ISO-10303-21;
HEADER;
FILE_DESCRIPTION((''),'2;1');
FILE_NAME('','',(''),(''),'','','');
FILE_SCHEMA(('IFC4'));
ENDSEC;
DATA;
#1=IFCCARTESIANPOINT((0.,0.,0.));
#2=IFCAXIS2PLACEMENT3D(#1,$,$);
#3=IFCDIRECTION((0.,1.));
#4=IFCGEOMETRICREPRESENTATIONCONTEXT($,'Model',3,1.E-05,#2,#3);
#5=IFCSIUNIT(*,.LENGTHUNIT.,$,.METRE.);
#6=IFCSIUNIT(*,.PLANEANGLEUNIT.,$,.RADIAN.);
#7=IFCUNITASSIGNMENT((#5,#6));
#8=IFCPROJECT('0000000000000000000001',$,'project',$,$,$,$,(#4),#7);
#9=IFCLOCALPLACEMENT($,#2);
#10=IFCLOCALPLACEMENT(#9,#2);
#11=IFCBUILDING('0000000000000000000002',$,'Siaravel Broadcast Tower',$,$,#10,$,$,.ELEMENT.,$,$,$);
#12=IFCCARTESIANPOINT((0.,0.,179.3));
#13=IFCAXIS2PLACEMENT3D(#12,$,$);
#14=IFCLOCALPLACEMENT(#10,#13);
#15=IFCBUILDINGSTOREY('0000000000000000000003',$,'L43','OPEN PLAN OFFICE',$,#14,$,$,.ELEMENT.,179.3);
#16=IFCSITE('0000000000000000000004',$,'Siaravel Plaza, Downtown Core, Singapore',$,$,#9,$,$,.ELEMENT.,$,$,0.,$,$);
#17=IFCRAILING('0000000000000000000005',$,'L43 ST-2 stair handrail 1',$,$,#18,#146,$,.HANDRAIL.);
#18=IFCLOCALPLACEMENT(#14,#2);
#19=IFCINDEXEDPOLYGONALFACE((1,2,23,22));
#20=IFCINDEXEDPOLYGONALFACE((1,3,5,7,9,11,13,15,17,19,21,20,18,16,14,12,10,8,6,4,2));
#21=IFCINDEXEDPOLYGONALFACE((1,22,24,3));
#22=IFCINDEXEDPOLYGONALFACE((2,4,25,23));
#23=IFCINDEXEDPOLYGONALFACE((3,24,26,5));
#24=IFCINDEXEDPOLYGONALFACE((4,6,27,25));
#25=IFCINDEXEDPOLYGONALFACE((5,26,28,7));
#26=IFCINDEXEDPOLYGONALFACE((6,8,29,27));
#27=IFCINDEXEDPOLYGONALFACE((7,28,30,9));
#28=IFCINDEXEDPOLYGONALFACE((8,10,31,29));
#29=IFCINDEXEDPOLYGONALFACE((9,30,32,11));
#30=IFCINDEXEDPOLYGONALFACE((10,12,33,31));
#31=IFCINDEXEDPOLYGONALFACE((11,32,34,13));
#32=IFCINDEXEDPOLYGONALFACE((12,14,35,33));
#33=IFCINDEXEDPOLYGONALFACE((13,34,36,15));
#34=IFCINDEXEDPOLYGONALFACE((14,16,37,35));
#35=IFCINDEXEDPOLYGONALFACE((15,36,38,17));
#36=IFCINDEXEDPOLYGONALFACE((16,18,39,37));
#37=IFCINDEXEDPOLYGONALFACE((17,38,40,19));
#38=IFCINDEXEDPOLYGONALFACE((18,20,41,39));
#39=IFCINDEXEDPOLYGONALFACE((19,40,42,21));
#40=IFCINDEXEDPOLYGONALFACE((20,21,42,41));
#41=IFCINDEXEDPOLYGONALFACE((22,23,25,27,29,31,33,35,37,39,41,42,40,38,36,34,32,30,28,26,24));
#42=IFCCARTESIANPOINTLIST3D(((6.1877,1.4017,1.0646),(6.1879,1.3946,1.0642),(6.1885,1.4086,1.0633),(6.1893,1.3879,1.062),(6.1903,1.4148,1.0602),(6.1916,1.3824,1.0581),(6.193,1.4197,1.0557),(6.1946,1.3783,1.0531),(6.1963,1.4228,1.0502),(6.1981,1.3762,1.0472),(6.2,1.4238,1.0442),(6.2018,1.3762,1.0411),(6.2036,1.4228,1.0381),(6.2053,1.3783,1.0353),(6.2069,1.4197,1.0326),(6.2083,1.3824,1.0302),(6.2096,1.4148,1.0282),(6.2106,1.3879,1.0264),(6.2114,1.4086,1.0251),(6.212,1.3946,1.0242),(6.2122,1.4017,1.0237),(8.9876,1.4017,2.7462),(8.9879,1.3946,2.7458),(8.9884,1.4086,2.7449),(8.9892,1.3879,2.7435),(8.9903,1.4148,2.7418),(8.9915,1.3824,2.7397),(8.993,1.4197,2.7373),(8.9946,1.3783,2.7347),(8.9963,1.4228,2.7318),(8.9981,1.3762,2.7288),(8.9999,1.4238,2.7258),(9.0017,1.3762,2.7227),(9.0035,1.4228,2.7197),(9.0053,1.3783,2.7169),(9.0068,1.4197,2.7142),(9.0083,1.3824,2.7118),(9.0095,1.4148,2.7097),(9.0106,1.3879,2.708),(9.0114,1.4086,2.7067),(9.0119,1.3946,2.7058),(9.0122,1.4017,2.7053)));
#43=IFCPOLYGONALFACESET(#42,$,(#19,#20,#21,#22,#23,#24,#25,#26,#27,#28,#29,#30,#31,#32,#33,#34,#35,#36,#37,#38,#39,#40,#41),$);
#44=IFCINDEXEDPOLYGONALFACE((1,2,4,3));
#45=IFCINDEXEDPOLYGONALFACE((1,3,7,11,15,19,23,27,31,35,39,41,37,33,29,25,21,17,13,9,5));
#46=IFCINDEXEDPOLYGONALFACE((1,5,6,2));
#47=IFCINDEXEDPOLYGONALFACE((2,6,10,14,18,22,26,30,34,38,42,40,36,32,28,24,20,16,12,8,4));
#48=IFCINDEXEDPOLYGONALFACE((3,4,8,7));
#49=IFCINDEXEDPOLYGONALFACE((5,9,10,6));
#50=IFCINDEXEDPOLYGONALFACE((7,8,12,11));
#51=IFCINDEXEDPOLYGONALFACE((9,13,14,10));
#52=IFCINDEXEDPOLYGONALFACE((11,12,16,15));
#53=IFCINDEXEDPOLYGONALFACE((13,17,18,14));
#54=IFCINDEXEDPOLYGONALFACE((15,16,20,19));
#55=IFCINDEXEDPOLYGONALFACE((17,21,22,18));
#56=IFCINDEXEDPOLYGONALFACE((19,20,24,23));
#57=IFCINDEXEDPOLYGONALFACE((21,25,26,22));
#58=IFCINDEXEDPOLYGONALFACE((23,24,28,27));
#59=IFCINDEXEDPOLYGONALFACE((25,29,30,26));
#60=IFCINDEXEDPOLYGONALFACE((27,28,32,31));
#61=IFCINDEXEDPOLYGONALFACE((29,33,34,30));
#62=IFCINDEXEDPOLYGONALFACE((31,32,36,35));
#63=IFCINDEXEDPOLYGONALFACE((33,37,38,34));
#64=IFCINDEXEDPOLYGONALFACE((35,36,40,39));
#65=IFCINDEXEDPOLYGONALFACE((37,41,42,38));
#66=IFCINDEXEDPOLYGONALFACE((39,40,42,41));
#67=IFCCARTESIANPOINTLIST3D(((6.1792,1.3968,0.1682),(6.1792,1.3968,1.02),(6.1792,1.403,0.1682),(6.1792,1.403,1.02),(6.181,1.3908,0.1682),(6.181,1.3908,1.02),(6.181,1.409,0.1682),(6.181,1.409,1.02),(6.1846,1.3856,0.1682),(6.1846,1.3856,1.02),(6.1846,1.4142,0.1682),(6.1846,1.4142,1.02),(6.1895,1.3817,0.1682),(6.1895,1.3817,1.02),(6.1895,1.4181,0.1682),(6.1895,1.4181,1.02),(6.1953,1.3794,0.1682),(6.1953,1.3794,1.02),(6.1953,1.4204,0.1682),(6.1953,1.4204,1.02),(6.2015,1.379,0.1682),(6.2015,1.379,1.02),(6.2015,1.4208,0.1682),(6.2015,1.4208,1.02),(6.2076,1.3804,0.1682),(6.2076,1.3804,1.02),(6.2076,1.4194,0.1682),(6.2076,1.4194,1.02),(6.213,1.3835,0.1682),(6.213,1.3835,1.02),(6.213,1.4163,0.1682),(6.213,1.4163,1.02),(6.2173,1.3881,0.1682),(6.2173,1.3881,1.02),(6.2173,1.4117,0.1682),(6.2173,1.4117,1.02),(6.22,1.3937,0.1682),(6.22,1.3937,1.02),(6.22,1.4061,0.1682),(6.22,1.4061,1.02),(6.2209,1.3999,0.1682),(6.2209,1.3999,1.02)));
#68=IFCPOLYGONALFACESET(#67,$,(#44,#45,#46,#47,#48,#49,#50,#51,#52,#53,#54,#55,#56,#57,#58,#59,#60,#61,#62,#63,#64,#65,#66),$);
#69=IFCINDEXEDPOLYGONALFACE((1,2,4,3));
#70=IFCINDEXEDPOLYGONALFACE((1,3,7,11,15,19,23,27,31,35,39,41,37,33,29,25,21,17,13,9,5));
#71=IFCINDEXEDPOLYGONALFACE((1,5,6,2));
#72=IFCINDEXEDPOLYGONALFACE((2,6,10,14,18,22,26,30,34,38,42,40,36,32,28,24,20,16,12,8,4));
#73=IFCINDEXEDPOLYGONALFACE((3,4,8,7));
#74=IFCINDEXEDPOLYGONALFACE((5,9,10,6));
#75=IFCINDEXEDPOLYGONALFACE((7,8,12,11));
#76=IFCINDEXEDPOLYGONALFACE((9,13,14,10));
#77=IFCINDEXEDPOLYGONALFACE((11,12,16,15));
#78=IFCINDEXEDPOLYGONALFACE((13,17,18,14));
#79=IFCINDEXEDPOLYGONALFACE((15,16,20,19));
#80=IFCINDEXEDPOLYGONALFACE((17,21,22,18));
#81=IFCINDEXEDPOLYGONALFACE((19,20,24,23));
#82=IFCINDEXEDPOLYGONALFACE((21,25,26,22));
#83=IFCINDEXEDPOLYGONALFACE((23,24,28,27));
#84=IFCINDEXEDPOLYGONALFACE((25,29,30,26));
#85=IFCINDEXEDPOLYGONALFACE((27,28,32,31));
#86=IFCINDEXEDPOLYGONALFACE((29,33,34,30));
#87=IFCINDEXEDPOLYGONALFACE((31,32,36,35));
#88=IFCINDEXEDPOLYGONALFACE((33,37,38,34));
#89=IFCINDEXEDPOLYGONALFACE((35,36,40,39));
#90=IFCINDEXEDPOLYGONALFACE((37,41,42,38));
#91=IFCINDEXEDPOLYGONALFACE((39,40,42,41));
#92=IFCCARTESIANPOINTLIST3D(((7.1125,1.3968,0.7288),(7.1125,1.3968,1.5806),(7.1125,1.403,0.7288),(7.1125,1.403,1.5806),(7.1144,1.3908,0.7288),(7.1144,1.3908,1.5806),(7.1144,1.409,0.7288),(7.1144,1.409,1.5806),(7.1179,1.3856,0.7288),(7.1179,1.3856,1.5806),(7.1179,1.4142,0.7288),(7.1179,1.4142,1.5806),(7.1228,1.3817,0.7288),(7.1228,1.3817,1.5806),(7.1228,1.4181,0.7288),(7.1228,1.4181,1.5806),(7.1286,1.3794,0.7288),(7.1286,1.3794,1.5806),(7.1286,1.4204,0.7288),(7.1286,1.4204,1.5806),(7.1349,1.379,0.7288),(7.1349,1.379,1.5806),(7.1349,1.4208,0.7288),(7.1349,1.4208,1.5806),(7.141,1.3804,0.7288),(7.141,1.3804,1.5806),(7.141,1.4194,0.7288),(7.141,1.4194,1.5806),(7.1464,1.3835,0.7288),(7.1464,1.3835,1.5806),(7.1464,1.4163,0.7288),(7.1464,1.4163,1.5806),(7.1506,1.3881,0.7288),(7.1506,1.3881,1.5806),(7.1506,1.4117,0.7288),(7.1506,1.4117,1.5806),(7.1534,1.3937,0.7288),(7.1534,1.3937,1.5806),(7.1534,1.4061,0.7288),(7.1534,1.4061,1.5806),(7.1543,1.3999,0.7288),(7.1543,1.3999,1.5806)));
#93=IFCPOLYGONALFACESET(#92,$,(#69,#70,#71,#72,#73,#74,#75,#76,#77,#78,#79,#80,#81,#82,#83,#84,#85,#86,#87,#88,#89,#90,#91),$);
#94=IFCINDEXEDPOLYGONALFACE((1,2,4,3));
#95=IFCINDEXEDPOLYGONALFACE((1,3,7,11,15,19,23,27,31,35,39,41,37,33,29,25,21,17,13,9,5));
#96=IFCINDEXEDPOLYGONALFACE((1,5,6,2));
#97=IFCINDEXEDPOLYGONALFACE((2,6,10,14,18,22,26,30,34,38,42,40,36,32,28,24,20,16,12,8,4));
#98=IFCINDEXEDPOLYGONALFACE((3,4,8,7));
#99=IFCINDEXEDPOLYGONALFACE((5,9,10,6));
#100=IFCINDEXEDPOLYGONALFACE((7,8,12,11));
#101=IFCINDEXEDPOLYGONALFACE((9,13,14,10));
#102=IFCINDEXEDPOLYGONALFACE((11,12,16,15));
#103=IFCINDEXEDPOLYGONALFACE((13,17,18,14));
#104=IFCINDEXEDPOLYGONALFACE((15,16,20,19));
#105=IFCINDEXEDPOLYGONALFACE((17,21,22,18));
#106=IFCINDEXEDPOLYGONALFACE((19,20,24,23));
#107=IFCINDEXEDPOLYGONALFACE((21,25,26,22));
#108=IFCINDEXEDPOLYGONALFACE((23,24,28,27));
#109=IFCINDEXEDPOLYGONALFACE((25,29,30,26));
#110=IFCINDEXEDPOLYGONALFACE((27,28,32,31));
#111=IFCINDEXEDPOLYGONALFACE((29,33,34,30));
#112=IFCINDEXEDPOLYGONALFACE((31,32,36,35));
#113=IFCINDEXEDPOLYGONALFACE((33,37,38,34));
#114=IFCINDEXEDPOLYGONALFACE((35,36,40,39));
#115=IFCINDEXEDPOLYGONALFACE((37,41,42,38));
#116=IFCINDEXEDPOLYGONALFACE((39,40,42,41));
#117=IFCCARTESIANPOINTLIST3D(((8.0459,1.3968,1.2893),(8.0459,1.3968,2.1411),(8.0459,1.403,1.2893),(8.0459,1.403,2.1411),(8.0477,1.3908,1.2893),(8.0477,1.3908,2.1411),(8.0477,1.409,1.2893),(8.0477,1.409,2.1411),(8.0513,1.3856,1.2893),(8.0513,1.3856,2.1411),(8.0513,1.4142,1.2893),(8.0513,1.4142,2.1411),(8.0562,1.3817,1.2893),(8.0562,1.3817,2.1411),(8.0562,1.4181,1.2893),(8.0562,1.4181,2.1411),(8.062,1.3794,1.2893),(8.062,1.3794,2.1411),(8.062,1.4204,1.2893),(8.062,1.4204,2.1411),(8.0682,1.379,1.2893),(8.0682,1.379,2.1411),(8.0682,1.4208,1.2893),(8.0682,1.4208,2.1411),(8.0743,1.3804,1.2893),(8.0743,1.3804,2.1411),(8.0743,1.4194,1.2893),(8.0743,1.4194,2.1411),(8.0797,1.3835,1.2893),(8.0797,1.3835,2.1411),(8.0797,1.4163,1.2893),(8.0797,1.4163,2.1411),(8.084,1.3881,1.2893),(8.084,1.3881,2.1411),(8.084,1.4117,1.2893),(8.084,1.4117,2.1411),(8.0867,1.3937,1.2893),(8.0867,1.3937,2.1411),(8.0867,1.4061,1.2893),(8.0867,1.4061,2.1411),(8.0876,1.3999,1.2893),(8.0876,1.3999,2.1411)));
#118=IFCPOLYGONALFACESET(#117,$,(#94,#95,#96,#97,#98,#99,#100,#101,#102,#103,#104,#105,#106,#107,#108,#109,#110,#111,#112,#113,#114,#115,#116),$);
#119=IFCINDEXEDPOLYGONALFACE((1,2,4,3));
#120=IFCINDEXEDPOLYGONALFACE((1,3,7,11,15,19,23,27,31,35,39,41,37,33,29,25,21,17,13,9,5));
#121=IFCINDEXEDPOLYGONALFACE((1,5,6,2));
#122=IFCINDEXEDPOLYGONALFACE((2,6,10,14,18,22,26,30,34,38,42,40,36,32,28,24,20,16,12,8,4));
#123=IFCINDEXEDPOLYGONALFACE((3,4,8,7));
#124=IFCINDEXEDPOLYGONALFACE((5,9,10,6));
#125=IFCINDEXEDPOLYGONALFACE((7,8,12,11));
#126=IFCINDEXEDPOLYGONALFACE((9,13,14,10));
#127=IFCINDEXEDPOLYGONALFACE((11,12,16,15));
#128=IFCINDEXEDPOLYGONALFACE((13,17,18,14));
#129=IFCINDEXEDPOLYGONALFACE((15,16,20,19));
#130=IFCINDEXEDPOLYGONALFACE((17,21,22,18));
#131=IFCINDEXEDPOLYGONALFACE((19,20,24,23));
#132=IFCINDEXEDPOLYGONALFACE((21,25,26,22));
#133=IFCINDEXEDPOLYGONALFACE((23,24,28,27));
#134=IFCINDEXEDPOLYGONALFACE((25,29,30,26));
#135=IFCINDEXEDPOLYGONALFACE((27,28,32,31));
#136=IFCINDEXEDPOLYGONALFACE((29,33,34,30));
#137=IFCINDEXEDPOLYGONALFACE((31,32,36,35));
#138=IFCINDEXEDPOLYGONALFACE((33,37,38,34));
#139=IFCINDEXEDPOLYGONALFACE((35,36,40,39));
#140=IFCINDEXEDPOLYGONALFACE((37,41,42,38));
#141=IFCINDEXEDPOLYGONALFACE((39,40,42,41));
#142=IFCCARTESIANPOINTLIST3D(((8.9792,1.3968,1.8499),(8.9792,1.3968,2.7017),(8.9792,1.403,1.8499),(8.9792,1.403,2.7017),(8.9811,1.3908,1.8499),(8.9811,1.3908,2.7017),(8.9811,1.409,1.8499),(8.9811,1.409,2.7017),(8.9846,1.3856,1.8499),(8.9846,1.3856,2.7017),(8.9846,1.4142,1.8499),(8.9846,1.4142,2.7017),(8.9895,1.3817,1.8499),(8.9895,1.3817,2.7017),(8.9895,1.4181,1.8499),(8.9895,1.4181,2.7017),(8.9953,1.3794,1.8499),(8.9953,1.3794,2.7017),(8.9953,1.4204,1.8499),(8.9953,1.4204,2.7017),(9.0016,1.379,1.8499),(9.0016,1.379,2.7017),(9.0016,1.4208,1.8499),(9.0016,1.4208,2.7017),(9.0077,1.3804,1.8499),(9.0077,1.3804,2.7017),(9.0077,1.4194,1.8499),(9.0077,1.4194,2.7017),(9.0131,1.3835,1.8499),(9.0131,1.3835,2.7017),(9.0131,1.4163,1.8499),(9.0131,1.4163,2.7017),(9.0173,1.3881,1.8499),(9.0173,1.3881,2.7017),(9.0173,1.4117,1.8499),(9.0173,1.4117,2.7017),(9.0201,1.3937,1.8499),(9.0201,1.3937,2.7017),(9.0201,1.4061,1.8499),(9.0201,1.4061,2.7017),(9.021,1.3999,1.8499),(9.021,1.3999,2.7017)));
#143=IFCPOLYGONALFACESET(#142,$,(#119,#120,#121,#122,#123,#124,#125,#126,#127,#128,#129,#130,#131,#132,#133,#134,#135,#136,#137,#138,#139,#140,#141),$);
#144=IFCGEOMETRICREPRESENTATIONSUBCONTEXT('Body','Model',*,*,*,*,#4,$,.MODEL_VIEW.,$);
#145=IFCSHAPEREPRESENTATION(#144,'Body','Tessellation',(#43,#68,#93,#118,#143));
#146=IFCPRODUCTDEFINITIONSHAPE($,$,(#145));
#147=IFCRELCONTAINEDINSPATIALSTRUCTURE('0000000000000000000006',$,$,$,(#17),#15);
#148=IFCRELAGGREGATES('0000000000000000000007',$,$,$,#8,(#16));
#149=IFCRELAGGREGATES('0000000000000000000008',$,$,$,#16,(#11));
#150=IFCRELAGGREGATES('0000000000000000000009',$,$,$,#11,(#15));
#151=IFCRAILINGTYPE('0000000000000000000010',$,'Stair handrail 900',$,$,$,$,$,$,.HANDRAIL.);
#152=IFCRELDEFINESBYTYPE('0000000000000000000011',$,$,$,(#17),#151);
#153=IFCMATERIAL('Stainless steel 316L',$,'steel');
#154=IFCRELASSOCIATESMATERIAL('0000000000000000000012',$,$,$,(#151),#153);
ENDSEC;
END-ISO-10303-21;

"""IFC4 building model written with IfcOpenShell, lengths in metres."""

from ifc_helpers import new_model, si_unit, direction, frame, origin, origin_2d, place, context, subcontext, project, spatial, circle, extrude, material, type_object, element, save


model = new_model("IFC4")

# Units and contexts
model_context = context("Model", 3, precision=1e-05, world=origin(), true_north=direction((0.0, 1.0)))
body_context = subcontext(model_context, "Body", "Model", "MODEL_VIEW")
ifc_project = project(units=[si_unit("LENGTHUNIT", "METRE"), si_unit("PLANEANGLEUNIT", "RADIAN")], contexts=[model_context])

# Site, building, storey
site_placement = place(None, origin())
site = spatial("IfcSite", under=ifc_project, at=site_placement, Name="Siaravel Plaza, Downtown Core, Singapore", CompositionType="ELEMENT", RefElevation=0.0)
building_placement = place(site_placement, origin())
building = spatial("IfcBuilding", under=site, at=building_placement, Name="Siaravel Broadcast Tower", CompositionType="ELEMENT")
storey_placement = place(building_placement, frame((0.0, 0.0, 179.3)))
storey = spatial("IfcBuildingStorey", under=building, at=storey_placement, Name="L43", Description="OPEN PLAN OFFICE", CompositionType="ELEMENT", Elevation=179.3)

# Railing
ifc_material_1 = material(Name="Stainless steel 316L", Category="steel")
railing_type_1 = type_object("IfcRailingType", Name="Stair handrail 900", PredefinedType="HANDRAIL", material=ifc_material_1)
railing_1_placement = place(storey_placement, frame((6.2, 1.3999, 0.1682)))
element("IfcRailing", 1, at=railing_1_placement, inside=storey, type_object=railing_type_1, Name="L43 ST-2 stair handrail 1", PredefinedType="HANDRAIL", context=body_context, shape_type="SweptSolid", body=[
    extrude(circle(Radius=0.0239, at=origin_2d()), frame((0.0, 0.0, 0.876), z_axis=(0.857275, 0.0, 0.514858), x_axis=(0.0, 1.0, 0.0)), (0.0, 0.0, 1.0), 3.2661),
    extrude(circle(Radius=0.021, at=origin_2d()), origin(), (0.0, 0.0, 1.0), 0.8518),
    extrude(circle(Radius=0.021, at=origin_2d()), frame((0.9333, 0.0, 0.5605)), (0.0, 0.0, 1.0), 0.8518),
    extrude(circle(Radius=0.021, at=origin_2d()), frame((1.8667, 0.0, 1.1211)), (0.0, 0.0, 1.0), 0.8518),
    extrude(circle(Radius=0.021, at=origin_2d()), frame((2.8, 0.0, 1.6816)), (0.0, 0.0, 1.0), 0.8518),
])

save(model, "model.ifc")
